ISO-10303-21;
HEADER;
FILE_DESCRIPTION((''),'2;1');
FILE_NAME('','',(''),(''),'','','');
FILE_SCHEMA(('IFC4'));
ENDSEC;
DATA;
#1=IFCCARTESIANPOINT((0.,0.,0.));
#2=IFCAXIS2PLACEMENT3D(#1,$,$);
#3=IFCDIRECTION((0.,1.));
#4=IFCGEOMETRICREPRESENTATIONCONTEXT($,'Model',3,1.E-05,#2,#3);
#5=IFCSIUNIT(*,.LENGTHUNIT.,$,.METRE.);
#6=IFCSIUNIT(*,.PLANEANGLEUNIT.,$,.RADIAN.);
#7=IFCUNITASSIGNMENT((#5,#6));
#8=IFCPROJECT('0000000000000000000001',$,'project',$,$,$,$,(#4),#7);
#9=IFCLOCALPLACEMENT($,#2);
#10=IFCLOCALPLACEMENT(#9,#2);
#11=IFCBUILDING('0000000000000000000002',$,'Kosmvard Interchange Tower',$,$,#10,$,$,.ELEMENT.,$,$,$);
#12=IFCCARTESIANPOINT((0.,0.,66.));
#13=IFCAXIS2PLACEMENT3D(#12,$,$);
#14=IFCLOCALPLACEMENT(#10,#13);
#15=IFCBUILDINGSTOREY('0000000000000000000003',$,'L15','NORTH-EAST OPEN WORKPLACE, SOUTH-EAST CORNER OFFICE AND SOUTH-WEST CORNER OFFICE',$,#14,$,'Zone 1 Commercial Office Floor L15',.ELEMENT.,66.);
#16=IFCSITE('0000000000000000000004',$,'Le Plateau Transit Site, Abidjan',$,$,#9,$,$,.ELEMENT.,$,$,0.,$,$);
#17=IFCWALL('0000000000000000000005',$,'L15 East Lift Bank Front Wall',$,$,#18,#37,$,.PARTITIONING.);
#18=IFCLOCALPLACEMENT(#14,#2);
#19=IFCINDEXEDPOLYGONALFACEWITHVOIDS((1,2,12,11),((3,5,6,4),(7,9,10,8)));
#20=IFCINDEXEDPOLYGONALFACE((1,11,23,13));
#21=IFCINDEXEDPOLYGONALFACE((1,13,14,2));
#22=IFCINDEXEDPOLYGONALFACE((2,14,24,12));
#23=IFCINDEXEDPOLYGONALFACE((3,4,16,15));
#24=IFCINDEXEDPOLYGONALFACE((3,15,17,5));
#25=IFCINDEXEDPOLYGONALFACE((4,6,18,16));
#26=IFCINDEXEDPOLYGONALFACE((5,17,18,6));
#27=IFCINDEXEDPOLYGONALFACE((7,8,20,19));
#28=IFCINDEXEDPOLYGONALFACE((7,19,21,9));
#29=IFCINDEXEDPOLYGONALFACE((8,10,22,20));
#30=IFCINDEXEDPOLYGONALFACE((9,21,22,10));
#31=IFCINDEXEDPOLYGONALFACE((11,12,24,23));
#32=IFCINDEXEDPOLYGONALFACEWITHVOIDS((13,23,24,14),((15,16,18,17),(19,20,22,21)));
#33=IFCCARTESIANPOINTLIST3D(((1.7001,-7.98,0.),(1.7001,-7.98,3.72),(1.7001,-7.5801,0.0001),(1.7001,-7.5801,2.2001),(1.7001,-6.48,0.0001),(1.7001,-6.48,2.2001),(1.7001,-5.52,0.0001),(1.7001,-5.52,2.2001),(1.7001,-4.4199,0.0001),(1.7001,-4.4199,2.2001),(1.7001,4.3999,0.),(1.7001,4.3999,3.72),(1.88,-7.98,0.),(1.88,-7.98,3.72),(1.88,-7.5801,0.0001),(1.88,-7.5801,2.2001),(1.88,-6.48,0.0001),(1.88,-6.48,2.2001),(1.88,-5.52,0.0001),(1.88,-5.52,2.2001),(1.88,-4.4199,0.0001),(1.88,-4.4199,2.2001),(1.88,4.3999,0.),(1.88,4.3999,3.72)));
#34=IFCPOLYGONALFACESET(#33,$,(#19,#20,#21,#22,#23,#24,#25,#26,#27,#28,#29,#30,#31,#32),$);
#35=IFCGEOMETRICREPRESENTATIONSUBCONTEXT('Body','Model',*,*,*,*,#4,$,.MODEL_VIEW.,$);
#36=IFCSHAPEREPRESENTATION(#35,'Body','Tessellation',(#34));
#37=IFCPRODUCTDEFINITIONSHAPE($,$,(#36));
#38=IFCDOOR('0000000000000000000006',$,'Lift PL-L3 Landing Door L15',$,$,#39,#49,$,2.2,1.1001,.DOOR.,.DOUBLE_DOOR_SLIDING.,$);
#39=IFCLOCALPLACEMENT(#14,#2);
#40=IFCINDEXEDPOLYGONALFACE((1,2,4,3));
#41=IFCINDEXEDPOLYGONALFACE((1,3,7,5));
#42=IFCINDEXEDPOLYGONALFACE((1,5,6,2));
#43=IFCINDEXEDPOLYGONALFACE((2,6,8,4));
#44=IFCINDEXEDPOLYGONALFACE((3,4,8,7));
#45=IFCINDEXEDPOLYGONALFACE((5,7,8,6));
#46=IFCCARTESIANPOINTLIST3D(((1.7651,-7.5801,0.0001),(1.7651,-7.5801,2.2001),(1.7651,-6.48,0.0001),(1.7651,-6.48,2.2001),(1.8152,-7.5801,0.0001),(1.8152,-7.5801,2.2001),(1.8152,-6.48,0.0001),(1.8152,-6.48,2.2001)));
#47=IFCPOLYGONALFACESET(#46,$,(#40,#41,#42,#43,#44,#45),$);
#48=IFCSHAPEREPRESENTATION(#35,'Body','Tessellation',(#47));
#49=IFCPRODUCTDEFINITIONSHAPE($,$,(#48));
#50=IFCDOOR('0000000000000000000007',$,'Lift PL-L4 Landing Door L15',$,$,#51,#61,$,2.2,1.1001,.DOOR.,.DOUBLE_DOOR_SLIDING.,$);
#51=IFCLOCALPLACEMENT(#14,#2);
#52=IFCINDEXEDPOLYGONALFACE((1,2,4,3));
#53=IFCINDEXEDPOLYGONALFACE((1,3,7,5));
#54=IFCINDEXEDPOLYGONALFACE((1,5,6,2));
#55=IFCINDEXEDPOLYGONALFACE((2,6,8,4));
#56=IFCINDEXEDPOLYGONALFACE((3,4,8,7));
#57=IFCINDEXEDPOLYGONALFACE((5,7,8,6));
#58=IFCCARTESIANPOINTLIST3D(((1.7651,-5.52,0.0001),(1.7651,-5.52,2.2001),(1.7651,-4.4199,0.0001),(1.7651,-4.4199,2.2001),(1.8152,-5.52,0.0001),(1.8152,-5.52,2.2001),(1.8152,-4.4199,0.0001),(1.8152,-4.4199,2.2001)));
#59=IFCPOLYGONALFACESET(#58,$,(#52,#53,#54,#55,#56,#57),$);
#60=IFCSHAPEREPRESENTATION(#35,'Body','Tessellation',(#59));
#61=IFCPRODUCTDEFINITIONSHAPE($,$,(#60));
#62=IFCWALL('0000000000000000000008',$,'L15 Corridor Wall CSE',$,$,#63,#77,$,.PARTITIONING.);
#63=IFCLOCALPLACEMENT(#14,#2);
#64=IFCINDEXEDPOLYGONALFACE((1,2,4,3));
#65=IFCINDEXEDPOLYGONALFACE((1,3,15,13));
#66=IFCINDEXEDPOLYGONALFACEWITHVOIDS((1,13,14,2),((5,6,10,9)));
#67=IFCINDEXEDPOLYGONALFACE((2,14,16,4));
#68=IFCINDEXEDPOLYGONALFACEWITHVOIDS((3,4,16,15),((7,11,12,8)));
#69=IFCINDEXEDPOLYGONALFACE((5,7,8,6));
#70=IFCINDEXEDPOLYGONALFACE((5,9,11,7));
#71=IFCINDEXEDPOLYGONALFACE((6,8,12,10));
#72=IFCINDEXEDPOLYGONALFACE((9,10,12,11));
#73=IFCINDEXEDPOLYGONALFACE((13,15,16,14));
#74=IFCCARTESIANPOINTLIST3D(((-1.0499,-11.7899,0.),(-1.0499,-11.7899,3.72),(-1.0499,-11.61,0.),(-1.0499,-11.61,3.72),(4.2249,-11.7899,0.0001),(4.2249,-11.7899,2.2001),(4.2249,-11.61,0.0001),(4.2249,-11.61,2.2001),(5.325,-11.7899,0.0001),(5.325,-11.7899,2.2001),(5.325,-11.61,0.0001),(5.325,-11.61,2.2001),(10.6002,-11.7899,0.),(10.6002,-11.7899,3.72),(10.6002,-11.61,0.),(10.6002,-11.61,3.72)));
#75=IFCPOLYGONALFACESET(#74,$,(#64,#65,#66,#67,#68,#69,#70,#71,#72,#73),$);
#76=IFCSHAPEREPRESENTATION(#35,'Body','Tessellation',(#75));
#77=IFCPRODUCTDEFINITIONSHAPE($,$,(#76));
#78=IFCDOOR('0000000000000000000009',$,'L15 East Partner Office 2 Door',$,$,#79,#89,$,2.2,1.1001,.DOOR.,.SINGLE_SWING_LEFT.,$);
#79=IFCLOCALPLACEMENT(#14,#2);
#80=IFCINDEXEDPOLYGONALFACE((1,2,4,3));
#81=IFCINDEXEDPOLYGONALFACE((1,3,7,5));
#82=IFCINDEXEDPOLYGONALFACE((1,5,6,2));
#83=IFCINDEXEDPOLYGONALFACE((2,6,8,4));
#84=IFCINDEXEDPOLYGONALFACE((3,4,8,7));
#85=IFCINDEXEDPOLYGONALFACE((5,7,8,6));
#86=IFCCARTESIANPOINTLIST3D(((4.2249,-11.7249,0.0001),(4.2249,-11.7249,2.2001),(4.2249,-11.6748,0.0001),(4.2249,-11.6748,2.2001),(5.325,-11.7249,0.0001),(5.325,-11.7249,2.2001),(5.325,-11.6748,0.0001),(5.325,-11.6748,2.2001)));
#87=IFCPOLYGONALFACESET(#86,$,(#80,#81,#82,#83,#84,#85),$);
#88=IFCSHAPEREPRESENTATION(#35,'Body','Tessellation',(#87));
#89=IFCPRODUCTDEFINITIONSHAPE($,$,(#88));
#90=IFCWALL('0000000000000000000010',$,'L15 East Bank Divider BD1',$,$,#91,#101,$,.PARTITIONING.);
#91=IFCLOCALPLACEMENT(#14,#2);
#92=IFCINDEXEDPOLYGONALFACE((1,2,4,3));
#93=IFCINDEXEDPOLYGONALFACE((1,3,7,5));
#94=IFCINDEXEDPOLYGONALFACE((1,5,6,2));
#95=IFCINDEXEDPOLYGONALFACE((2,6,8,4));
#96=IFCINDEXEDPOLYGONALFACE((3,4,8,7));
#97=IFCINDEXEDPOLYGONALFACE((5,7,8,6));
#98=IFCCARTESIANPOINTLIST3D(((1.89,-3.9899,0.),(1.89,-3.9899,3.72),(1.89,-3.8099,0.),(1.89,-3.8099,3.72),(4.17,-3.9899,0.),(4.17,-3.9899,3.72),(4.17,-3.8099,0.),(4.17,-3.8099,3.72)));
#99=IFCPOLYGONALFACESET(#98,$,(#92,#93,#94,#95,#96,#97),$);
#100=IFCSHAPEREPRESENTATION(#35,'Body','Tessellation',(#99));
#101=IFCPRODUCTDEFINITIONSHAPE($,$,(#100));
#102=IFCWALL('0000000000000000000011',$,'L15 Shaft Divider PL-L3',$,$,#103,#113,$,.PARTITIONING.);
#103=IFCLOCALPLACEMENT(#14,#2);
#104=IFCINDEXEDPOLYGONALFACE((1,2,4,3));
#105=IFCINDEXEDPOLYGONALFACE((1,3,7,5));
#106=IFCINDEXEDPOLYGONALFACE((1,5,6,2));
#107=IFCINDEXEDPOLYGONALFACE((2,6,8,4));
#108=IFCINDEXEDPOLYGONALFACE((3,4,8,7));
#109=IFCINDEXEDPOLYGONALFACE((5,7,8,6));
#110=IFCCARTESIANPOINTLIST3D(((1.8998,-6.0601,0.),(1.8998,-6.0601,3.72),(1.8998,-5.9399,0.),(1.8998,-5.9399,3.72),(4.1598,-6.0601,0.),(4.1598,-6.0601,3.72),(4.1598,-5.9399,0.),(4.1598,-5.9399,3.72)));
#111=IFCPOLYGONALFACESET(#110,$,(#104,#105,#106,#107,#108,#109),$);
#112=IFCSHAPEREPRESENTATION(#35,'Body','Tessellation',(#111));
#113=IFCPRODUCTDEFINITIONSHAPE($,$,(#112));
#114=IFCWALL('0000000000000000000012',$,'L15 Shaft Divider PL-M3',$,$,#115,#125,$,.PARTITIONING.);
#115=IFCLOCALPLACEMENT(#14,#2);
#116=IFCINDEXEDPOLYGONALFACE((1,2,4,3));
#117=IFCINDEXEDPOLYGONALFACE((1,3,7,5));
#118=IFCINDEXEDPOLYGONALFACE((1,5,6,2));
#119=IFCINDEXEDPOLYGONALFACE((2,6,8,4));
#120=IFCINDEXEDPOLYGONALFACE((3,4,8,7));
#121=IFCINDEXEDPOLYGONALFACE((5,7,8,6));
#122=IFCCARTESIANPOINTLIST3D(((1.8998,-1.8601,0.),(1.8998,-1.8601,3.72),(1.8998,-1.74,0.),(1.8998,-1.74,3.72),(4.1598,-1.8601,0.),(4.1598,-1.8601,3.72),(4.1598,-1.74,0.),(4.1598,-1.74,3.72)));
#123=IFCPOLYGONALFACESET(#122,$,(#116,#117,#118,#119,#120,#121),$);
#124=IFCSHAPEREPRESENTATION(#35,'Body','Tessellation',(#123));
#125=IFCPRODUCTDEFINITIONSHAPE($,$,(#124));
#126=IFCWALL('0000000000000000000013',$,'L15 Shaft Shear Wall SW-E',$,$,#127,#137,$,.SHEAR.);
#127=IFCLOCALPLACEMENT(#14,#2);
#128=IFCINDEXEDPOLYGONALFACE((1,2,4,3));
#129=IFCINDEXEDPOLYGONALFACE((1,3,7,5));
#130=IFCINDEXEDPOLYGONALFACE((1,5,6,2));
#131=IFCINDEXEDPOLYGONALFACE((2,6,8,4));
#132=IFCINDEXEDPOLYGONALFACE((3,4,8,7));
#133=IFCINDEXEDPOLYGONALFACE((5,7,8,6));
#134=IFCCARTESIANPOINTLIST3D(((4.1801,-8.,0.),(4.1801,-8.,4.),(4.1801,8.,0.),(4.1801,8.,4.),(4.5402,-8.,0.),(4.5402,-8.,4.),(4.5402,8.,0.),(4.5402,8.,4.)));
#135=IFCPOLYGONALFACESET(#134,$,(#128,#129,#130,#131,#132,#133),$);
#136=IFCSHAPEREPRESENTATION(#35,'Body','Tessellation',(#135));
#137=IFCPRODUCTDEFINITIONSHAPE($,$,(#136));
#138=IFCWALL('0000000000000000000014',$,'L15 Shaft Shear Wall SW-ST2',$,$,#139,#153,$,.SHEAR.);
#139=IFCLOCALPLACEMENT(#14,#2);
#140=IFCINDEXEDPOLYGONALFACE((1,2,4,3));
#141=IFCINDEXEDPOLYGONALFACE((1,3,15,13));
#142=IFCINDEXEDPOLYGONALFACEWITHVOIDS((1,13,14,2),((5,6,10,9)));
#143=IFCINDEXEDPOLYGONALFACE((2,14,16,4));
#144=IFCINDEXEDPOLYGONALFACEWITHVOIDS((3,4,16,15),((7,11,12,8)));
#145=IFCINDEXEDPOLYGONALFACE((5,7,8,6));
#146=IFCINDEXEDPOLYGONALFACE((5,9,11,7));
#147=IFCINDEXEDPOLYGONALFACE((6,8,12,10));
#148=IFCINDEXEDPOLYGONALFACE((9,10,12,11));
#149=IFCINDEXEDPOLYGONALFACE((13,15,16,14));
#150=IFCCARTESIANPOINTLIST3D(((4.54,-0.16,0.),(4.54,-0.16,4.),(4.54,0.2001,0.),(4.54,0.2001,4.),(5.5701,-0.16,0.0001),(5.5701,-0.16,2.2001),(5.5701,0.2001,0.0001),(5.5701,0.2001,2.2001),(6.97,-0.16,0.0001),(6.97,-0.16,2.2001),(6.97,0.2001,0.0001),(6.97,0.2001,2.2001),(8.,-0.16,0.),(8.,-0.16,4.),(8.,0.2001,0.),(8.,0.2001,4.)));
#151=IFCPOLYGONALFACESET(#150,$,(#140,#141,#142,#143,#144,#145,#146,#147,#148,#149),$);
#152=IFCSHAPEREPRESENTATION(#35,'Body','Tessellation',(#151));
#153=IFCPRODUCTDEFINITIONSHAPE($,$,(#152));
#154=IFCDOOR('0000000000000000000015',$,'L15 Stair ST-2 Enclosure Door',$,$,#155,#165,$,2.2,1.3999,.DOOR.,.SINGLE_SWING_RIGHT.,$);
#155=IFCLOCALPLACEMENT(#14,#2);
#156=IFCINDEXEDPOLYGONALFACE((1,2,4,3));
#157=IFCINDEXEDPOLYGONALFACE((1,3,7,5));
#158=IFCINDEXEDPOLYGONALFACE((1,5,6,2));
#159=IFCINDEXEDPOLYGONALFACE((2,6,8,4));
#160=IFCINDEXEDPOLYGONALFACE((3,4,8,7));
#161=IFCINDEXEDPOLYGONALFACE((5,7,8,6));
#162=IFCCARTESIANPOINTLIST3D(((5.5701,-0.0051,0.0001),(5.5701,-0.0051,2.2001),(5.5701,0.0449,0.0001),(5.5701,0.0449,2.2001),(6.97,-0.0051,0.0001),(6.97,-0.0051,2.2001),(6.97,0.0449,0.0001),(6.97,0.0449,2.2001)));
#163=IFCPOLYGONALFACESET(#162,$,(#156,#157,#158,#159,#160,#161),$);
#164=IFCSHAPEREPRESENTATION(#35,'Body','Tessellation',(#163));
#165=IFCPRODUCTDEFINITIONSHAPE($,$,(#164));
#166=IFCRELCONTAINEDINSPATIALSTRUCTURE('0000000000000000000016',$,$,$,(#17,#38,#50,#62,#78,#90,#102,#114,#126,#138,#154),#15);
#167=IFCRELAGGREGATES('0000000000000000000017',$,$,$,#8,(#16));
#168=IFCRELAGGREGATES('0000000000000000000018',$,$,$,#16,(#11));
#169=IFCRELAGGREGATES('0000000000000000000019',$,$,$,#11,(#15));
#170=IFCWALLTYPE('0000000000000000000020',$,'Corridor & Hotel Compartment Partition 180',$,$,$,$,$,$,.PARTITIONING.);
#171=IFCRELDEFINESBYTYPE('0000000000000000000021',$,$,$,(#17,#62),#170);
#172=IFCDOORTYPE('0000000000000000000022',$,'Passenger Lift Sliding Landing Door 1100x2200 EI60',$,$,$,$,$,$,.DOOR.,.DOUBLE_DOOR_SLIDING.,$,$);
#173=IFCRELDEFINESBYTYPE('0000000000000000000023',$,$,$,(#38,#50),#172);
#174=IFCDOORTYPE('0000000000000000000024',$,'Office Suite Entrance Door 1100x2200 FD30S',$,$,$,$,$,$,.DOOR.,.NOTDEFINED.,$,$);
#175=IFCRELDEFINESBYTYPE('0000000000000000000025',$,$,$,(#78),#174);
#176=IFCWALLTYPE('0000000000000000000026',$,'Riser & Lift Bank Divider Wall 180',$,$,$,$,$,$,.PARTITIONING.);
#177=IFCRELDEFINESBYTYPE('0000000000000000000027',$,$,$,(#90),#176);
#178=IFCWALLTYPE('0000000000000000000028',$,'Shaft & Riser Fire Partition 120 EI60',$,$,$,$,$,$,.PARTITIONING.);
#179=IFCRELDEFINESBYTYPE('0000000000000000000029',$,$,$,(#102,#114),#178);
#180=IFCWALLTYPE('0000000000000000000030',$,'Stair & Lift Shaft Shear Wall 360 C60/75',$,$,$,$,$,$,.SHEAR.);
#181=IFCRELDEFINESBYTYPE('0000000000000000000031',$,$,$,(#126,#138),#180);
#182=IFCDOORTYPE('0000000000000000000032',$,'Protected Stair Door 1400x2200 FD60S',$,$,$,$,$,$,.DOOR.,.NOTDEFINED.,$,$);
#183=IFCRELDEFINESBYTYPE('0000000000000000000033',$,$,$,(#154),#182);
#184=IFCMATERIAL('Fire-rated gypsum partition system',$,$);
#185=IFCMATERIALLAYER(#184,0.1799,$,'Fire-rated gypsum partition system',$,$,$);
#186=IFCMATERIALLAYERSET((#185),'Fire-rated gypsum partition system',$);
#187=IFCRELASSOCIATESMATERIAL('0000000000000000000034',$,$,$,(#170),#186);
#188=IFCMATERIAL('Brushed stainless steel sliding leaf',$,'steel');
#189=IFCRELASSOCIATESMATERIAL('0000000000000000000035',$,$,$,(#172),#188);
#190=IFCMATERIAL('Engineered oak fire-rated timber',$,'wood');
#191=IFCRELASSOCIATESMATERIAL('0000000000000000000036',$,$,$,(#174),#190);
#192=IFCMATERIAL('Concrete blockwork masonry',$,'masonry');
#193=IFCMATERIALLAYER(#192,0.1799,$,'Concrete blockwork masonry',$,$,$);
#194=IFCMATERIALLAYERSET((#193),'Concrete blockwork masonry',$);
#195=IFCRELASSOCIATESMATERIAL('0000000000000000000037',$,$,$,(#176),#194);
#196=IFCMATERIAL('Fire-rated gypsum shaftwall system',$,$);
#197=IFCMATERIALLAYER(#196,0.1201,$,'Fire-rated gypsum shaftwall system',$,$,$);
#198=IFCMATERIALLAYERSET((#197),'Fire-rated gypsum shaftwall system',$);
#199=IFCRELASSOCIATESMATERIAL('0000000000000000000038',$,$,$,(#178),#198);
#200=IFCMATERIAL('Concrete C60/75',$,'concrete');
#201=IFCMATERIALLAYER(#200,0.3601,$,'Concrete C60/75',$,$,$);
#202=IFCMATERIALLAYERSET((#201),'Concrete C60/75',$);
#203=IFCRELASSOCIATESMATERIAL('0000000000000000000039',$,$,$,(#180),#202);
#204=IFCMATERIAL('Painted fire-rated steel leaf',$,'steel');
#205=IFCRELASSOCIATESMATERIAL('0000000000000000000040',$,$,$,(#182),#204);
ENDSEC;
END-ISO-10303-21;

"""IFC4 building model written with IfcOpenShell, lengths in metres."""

from ifc_helpers import new_model, si_unit, direction, frame, frame_2d, origin, place, context, subcontext, project, spatial, rectangle, extrude, source, transform, mapped, material, layer, layer_set, type_object, element, fill, save


model = new_model("IFC4")

# Units and contexts
model_context = context("Model", 3, precision=1e-05, world=origin(), true_north=direction((0.0, 1.0)))
body_context = subcontext(model_context, "Body", "Model", "MODEL_VIEW")
ifc_project = project(units=[si_unit("LENGTHUNIT", "METRE"), si_unit("PLANEANGLEUNIT", "RADIAN")], contexts=[model_context])

# Site, building, storey
site_placement = place(None, origin())
site = spatial("IfcSite", under=ifc_project, at=site_placement, Name="Le Plateau Transit Site, Abidjan", CompositionType="ELEMENT", RefElevation=0.0)
building_placement = place(site_placement, origin())
building = spatial("IfcBuilding", under=site, at=building_placement, Name="Kosmvard Interchange Tower", CompositionType="ELEMENT")
storey_placement = place(building_placement, frame((0.0, 0.0, 66.0)))
storey = spatial("IfcBuildingStorey", under=building, at=storey_placement, Name="L15", Description="NORTH-EAST OPEN WORKPLACE, SOUTH-EAST CORNER OFFICE AND SOUTH-WEST CORNER OFFICE", LongName="Zone 1 Commercial Office Floor L15", CompositionType="ELEMENT", Elevation=66.0)

# Shared definitions
ifc_material_1 = material(Name="Concrete C60/75", Category="concrete")

# Wall, openings, doors
ifc_material_2 = material(Name="Fire-rated gypsum partition system")
ifc_layer_1 = layer(ifc_material_2, 0.1799, Name="Fire-rated gypsum partition system")
ifc_layer_set_1 = layer_set([ifc_layer_1], Name="Fire-rated gypsum partition system")
wall_type_1 = type_object("IfcWallType", Name="Corridor & Hotel Compartment Partition 180", PredefinedType="PARTITIONING", material=ifc_layer_set_1)
wall_1_placement = place(storey_placement, frame((1.79, -7.98, 0.0), z_axis=(0.0, 0.0, 1.0), x_axis=(0.0, 1.0, 0.0)))
wall_1 = element("IfcWall", 1, at=wall_1_placement, inside=storey, type_object=wall_type_1, Name="L15 East Lift Bank Front Wall", PredefinedType="PARTITIONING", context=body_context, shape_type="SweptSolid", body=[
    extrude(rectangle(XDim=12.3799, YDim=0.1799, at=frame_2d((6.1899, 0.0))), origin(), (0.0, 0.0, 1.0), 3.72),
])
opening_1_placement = place(wall_1_placement, frame((0.3999, 0.0, 0.0)))
opening_1 = element("IfcOpeningElement", 2, at=opening_1_placement, cuts=wall_1, PredefinedType="OPENING", context=body_context, shape_type="SweptSolid", body=[
    extrude(rectangle(XDim=1.1001, YDim=2.2, at=frame_2d((0.55, 1.1001))), frame((0.0, 0.1001, 0.0), z_axis=(0.0, -1.0, 0.0), x_axis=(1.0, 0.0, 0.0)), (0.0, 0.0, 1.0), 0.2),
])
opening_2_placement = place(wall_1_placement, frame((2.46, 0.0, 0.0)))
opening_2 = element("IfcOpeningElement", 3, at=opening_2_placement, cuts=wall_1, PredefinedType="OPENING", context=body_context, shape_type="SweptSolid", body=[
    extrude(rectangle(XDim=1.1001, YDim=2.2, at=frame_2d((0.55, 1.1001))), frame((0.0, 0.1001, 0.0), z_axis=(0.0, -1.0, 0.0), x_axis=(1.0, 0.0, 0.0)), (0.0, 0.0, 1.0), 0.2),
])
ifc_material_3 = material(Name="Brushed stainless steel sliding leaf", Category="steel")
door_type_1 = type_object("IfcDoorType", Name="Passenger Lift Sliding Landing Door 1100x2200 EI60", OperationType="DOUBLE_DOOR_SLIDING", PredefinedType="DOOR", material=ifc_material_3)
shared_shape_1 = source(origin(), body_context, "Body", "SweptSolid", [
    extrude(rectangle(XDim=1.1001, YDim=2.2, at=frame_2d((0.55, 1.1001))), frame((0.0, 0.0249, 0.0), z_axis=(0.0, -1.0, 0.0), x_axis=(1.0, 0.0, 0.0)), (0.0, 0.0, 1.0), 0.05),
])
door_1_placement = place(opening_1_placement, origin())
door_1 = element("IfcDoor", 4, at=door_1_placement, inside=storey, type_object=door_type_1, Name="Lift PL-L3 Landing Door L15", OperationType="DOUBLE_DOOR_SLIDING", OverallHeight=2.2, OverallWidth=1.1001, PredefinedType="DOOR", context=body_context, shape_type="MappedRepresentation", body=[
    mapped(shared_shape_1, transform((0.0, 0.0, 0.0), scale=1.0)),
])
fill(opening_1, door_1)
door_2_placement = place(opening_2_placement, origin())
door_2 = element("IfcDoor", 5, at=door_2_placement, inside=storey, type_object=door_type_1, Name="Lift PL-L4 Landing Door L15", OperationType="DOUBLE_DOOR_SLIDING", OverallHeight=2.2, OverallWidth=1.1001, PredefinedType="DOOR", context=body_context, shape_type="MappedRepresentation", body=[
    mapped(shared_shape_1, transform((0.0, 0.0, 0.0), scale=1.0)),
])
fill(opening_2, door_2)

# Wall, opening, door
wall_2_placement = place(storey_placement, frame((-1.05, -11.7, 0.0), z_axis=(0.0, 0.0, 1.0), x_axis=(1.0, 0.0, 0.0)))
wall_2 = element("IfcWall", 6, at=wall_2_placement, inside=storey, type_object=wall_type_1, Name="L15 Corridor Wall CSE", PredefinedType="PARTITIONING", context=body_context, shape_type="SweptSolid", body=[
    extrude(rectangle(XDim=11.6501, YDim=0.1799, at=frame_2d((5.8252, 0.0))), origin(), (0.0, 0.0, 1.0), 3.72),
])
opening_3_placement = place(wall_2_placement, frame((5.2749, 0.0, 0.0)))
opening_3 = element("IfcOpeningElement", 7, at=opening_3_placement, cuts=wall_2, PredefinedType="OPENING", context=body_context, shape_type="SweptSolid", body=[
    extrude(rectangle(XDim=1.1001, YDim=2.2, at=frame_2d((0.55, 1.1001))), frame((0.0, 0.1001, 0.0), z_axis=(0.0, -1.0, 0.0), x_axis=(1.0, 0.0, 0.0)), (0.0, 0.0, 1.0), 0.2),
])
ifc_material_4 = material(Name="Engineered oak fire-rated timber", Category="wood")
door_type_2 = type_object("IfcDoorType", Name="Office Suite Entrance Door 1100x2200 FD30S", OperationType="NOTDEFINED", PredefinedType="DOOR", material=ifc_material_4)
door_3_placement = place(opening_3_placement, frame((1.1001, 0.0, 0.0), z_axis=(0.0, 0.0, 1.0), x_axis=(-1.0, 0.0, 0.0)))
door_3 = element("IfcDoor", 8, at=door_3_placement, inside=storey, type_object=door_type_2, Name="L15 East Partner Office 2 Door", OperationType="SINGLE_SWING_LEFT", OverallHeight=2.2, OverallWidth=1.1001, PredefinedType="DOOR", context=body_context, shape_type="MappedRepresentation", body=[
    mapped(shared_shape_1, transform((0.0, 0.0, 0.0), scale=1.0)),
])
fill(opening_3, door_3)

# Walls
ifc_material_5 = material(Name="Concrete blockwork masonry", Category="masonry")
ifc_layer_2 = layer(ifc_material_5, 0.1799, Name="Concrete blockwork masonry")
ifc_layer_set_2 = layer_set([ifc_layer_2], Name="Concrete blockwork masonry")
wall_type_2 = type_object("IfcWallType", Name="Riser & Lift Bank Divider Wall 180", PredefinedType="PARTITIONING", material=ifc_layer_set_2)
wall_3_placement = place(storey_placement, frame((1.8899, -3.8999, 0.0), z_axis=(0.0, 0.0, 1.0), x_axis=(1.0, 0.0, 0.0)))
element("IfcWall", 9, at=wall_3_placement, inside=storey, type_object=wall_type_2, Name="L15 East Bank Divider BD1", PredefinedType="PARTITIONING", context=body_context, shape_type="SweptSolid", body=[
    extrude(rectangle(XDim=2.28, YDim=0.1799, at=frame_2d((1.1401, 0.0))), origin(), (0.0, 0.0, 1.0), 3.72),
])
ifc_material_6 = material(Name="Fire-rated gypsum shaftwall system")
ifc_layer_3 = layer(ifc_material_6, 0.1201, Name="Fire-rated gypsum shaftwall system")
ifc_layer_set_3 = layer_set([ifc_layer_3], Name="Fire-rated gypsum shaftwall system")
wall_type_3 = type_object("IfcWallType", Name="Shaft & Riser Fire Partition 120 EI60", PredefinedType="PARTITIONING", material=ifc_layer_set_3)
for number, where, z_axis, x_axis, name in (
    (10, (1.8999, -6.0, 0.0), (0.0, 0.0, 1.0), (1.0, 0.0, 0.0), "L15 Shaft Divider PL-L3"),
    (11, (1.8999, -1.8, 0.0), (0.0, 0.0, 1.0), (1.0, 0.0, 0.0), "L15 Shaft Divider PL-M3"),
):
    element("IfcWall", number, at=place(storey_placement, frame(where, z_axis=z_axis, x_axis=x_axis)), inside=storey, type_object=wall_type_3, Name=name, PredefinedType="PARTITIONING", context=body_context, shape_type="SweptSolid", body=[
        extrude(rectangle(XDim=2.26, YDim=0.1201, at=frame_2d((1.1299, 0.0))), origin(), (0.0, 0.0, 1.0), 3.72),
    ])
ifc_layer_4 = layer(ifc_material_1, 0.3601, Name="Concrete C60/75")
ifc_layer_set_4 = layer_set([ifc_layer_4], Name="Concrete C60/75")
wall_type_4 = type_object("IfcWallType", Name="Stair & Lift Shaft Shear Wall 360 C60/75", PredefinedType="SHEAR", material=ifc_layer_set_4)
wall_4_placement = place(storey_placement, frame((4.3601, -8.0, 0.0), z_axis=(0.0, 0.0, 1.0), x_axis=(0.0, 1.0, 0.0)))
element("IfcWall", 12, at=wall_4_placement, inside=storey, type_object=wall_type_4, Name="L15 Shaft Shear Wall SW-E", PredefinedType="SHEAR", context=body_context, shape_type="SweptSolid", body=[
    extrude(rectangle(XDim=16.0, YDim=0.3601, at=frame_2d((8.0, 0.0))), origin(), (0.0, 0.0, 1.0), 4.0),
])

# Wall, opening, door
wall_5_placement = place(storey_placement, frame((4.54, 0.02, 0.0), z_axis=(0.0, 0.0, 1.0), x_axis=(1.0, 0.0, 0.0)))
wall_5 = element("IfcWall", 13, at=wall_5_placement, inside=storey, type_object=wall_type_4, Name="L15 Shaft Shear Wall SW-ST2", PredefinedType="SHEAR", context=body_context, shape_type="SweptSolid", body=[
    extrude(rectangle(XDim=3.46, YDim=0.3601, at=frame_2d((1.73, 0.0))), origin(), (0.0, 0.0, 1.0), 4.0),
])
opening_4_placement = place(wall_5_placement, frame((1.03, 0.0, 0.0)))
opening_4 = element("IfcOpeningElement", 14, at=opening_4_placement, cuts=wall_5, PredefinedType="OPENING", context=body_context, shape_type="SweptSolid", body=[
    extrude(rectangle(XDim=1.3999, YDim=2.2, at=frame_2d((0.7, 1.1001))), frame((0.0, 0.1899, 0.0), z_axis=(0.0, -1.0, 0.0), x_axis=(1.0, 0.0, 0.0)), (0.0, 0.0, 1.0), 0.3801),
])
ifc_material_7 = material(Name="Painted fire-rated steel leaf", Category="steel")
door_type_3 = type_object("IfcDoorType", Name="Protected Stair Door 1400x2200 FD60S", OperationType="NOTDEFINED", PredefinedType="DOOR", material=ifc_material_7)
shared_shape_2 = source(origin(), body_context, "Body", "SweptSolid", [
    extrude(rectangle(XDim=1.3999, YDim=2.2, at=frame_2d((0.7, 1.1001))), frame((0.0, 0.0249, 0.0), z_axis=(0.0, -1.0, 0.0), x_axis=(1.0, 0.0, 0.0)), (0.0, 0.0, 1.0), 0.05),
])
door_4_placement = place(opening_4_placement, origin())
door_4 = element("IfcDoor", 15, at=door_4_placement, inside=storey, type_object=door_type_3, Name="L15 Stair ST-2 Enclosure Door", OperationType="SINGLE_SWING_RIGHT", OverallHeight=2.2, OverallWidth=1.3999, PredefinedType="DOOR", context=body_context, shape_type="MappedRepresentation", body=[
    mapped(shared_shape_2, transform((0.0, 0.0, 0.0), scale=1.0)),
])
fill(opening_4, door_4)

save(model, "model.ifc")
